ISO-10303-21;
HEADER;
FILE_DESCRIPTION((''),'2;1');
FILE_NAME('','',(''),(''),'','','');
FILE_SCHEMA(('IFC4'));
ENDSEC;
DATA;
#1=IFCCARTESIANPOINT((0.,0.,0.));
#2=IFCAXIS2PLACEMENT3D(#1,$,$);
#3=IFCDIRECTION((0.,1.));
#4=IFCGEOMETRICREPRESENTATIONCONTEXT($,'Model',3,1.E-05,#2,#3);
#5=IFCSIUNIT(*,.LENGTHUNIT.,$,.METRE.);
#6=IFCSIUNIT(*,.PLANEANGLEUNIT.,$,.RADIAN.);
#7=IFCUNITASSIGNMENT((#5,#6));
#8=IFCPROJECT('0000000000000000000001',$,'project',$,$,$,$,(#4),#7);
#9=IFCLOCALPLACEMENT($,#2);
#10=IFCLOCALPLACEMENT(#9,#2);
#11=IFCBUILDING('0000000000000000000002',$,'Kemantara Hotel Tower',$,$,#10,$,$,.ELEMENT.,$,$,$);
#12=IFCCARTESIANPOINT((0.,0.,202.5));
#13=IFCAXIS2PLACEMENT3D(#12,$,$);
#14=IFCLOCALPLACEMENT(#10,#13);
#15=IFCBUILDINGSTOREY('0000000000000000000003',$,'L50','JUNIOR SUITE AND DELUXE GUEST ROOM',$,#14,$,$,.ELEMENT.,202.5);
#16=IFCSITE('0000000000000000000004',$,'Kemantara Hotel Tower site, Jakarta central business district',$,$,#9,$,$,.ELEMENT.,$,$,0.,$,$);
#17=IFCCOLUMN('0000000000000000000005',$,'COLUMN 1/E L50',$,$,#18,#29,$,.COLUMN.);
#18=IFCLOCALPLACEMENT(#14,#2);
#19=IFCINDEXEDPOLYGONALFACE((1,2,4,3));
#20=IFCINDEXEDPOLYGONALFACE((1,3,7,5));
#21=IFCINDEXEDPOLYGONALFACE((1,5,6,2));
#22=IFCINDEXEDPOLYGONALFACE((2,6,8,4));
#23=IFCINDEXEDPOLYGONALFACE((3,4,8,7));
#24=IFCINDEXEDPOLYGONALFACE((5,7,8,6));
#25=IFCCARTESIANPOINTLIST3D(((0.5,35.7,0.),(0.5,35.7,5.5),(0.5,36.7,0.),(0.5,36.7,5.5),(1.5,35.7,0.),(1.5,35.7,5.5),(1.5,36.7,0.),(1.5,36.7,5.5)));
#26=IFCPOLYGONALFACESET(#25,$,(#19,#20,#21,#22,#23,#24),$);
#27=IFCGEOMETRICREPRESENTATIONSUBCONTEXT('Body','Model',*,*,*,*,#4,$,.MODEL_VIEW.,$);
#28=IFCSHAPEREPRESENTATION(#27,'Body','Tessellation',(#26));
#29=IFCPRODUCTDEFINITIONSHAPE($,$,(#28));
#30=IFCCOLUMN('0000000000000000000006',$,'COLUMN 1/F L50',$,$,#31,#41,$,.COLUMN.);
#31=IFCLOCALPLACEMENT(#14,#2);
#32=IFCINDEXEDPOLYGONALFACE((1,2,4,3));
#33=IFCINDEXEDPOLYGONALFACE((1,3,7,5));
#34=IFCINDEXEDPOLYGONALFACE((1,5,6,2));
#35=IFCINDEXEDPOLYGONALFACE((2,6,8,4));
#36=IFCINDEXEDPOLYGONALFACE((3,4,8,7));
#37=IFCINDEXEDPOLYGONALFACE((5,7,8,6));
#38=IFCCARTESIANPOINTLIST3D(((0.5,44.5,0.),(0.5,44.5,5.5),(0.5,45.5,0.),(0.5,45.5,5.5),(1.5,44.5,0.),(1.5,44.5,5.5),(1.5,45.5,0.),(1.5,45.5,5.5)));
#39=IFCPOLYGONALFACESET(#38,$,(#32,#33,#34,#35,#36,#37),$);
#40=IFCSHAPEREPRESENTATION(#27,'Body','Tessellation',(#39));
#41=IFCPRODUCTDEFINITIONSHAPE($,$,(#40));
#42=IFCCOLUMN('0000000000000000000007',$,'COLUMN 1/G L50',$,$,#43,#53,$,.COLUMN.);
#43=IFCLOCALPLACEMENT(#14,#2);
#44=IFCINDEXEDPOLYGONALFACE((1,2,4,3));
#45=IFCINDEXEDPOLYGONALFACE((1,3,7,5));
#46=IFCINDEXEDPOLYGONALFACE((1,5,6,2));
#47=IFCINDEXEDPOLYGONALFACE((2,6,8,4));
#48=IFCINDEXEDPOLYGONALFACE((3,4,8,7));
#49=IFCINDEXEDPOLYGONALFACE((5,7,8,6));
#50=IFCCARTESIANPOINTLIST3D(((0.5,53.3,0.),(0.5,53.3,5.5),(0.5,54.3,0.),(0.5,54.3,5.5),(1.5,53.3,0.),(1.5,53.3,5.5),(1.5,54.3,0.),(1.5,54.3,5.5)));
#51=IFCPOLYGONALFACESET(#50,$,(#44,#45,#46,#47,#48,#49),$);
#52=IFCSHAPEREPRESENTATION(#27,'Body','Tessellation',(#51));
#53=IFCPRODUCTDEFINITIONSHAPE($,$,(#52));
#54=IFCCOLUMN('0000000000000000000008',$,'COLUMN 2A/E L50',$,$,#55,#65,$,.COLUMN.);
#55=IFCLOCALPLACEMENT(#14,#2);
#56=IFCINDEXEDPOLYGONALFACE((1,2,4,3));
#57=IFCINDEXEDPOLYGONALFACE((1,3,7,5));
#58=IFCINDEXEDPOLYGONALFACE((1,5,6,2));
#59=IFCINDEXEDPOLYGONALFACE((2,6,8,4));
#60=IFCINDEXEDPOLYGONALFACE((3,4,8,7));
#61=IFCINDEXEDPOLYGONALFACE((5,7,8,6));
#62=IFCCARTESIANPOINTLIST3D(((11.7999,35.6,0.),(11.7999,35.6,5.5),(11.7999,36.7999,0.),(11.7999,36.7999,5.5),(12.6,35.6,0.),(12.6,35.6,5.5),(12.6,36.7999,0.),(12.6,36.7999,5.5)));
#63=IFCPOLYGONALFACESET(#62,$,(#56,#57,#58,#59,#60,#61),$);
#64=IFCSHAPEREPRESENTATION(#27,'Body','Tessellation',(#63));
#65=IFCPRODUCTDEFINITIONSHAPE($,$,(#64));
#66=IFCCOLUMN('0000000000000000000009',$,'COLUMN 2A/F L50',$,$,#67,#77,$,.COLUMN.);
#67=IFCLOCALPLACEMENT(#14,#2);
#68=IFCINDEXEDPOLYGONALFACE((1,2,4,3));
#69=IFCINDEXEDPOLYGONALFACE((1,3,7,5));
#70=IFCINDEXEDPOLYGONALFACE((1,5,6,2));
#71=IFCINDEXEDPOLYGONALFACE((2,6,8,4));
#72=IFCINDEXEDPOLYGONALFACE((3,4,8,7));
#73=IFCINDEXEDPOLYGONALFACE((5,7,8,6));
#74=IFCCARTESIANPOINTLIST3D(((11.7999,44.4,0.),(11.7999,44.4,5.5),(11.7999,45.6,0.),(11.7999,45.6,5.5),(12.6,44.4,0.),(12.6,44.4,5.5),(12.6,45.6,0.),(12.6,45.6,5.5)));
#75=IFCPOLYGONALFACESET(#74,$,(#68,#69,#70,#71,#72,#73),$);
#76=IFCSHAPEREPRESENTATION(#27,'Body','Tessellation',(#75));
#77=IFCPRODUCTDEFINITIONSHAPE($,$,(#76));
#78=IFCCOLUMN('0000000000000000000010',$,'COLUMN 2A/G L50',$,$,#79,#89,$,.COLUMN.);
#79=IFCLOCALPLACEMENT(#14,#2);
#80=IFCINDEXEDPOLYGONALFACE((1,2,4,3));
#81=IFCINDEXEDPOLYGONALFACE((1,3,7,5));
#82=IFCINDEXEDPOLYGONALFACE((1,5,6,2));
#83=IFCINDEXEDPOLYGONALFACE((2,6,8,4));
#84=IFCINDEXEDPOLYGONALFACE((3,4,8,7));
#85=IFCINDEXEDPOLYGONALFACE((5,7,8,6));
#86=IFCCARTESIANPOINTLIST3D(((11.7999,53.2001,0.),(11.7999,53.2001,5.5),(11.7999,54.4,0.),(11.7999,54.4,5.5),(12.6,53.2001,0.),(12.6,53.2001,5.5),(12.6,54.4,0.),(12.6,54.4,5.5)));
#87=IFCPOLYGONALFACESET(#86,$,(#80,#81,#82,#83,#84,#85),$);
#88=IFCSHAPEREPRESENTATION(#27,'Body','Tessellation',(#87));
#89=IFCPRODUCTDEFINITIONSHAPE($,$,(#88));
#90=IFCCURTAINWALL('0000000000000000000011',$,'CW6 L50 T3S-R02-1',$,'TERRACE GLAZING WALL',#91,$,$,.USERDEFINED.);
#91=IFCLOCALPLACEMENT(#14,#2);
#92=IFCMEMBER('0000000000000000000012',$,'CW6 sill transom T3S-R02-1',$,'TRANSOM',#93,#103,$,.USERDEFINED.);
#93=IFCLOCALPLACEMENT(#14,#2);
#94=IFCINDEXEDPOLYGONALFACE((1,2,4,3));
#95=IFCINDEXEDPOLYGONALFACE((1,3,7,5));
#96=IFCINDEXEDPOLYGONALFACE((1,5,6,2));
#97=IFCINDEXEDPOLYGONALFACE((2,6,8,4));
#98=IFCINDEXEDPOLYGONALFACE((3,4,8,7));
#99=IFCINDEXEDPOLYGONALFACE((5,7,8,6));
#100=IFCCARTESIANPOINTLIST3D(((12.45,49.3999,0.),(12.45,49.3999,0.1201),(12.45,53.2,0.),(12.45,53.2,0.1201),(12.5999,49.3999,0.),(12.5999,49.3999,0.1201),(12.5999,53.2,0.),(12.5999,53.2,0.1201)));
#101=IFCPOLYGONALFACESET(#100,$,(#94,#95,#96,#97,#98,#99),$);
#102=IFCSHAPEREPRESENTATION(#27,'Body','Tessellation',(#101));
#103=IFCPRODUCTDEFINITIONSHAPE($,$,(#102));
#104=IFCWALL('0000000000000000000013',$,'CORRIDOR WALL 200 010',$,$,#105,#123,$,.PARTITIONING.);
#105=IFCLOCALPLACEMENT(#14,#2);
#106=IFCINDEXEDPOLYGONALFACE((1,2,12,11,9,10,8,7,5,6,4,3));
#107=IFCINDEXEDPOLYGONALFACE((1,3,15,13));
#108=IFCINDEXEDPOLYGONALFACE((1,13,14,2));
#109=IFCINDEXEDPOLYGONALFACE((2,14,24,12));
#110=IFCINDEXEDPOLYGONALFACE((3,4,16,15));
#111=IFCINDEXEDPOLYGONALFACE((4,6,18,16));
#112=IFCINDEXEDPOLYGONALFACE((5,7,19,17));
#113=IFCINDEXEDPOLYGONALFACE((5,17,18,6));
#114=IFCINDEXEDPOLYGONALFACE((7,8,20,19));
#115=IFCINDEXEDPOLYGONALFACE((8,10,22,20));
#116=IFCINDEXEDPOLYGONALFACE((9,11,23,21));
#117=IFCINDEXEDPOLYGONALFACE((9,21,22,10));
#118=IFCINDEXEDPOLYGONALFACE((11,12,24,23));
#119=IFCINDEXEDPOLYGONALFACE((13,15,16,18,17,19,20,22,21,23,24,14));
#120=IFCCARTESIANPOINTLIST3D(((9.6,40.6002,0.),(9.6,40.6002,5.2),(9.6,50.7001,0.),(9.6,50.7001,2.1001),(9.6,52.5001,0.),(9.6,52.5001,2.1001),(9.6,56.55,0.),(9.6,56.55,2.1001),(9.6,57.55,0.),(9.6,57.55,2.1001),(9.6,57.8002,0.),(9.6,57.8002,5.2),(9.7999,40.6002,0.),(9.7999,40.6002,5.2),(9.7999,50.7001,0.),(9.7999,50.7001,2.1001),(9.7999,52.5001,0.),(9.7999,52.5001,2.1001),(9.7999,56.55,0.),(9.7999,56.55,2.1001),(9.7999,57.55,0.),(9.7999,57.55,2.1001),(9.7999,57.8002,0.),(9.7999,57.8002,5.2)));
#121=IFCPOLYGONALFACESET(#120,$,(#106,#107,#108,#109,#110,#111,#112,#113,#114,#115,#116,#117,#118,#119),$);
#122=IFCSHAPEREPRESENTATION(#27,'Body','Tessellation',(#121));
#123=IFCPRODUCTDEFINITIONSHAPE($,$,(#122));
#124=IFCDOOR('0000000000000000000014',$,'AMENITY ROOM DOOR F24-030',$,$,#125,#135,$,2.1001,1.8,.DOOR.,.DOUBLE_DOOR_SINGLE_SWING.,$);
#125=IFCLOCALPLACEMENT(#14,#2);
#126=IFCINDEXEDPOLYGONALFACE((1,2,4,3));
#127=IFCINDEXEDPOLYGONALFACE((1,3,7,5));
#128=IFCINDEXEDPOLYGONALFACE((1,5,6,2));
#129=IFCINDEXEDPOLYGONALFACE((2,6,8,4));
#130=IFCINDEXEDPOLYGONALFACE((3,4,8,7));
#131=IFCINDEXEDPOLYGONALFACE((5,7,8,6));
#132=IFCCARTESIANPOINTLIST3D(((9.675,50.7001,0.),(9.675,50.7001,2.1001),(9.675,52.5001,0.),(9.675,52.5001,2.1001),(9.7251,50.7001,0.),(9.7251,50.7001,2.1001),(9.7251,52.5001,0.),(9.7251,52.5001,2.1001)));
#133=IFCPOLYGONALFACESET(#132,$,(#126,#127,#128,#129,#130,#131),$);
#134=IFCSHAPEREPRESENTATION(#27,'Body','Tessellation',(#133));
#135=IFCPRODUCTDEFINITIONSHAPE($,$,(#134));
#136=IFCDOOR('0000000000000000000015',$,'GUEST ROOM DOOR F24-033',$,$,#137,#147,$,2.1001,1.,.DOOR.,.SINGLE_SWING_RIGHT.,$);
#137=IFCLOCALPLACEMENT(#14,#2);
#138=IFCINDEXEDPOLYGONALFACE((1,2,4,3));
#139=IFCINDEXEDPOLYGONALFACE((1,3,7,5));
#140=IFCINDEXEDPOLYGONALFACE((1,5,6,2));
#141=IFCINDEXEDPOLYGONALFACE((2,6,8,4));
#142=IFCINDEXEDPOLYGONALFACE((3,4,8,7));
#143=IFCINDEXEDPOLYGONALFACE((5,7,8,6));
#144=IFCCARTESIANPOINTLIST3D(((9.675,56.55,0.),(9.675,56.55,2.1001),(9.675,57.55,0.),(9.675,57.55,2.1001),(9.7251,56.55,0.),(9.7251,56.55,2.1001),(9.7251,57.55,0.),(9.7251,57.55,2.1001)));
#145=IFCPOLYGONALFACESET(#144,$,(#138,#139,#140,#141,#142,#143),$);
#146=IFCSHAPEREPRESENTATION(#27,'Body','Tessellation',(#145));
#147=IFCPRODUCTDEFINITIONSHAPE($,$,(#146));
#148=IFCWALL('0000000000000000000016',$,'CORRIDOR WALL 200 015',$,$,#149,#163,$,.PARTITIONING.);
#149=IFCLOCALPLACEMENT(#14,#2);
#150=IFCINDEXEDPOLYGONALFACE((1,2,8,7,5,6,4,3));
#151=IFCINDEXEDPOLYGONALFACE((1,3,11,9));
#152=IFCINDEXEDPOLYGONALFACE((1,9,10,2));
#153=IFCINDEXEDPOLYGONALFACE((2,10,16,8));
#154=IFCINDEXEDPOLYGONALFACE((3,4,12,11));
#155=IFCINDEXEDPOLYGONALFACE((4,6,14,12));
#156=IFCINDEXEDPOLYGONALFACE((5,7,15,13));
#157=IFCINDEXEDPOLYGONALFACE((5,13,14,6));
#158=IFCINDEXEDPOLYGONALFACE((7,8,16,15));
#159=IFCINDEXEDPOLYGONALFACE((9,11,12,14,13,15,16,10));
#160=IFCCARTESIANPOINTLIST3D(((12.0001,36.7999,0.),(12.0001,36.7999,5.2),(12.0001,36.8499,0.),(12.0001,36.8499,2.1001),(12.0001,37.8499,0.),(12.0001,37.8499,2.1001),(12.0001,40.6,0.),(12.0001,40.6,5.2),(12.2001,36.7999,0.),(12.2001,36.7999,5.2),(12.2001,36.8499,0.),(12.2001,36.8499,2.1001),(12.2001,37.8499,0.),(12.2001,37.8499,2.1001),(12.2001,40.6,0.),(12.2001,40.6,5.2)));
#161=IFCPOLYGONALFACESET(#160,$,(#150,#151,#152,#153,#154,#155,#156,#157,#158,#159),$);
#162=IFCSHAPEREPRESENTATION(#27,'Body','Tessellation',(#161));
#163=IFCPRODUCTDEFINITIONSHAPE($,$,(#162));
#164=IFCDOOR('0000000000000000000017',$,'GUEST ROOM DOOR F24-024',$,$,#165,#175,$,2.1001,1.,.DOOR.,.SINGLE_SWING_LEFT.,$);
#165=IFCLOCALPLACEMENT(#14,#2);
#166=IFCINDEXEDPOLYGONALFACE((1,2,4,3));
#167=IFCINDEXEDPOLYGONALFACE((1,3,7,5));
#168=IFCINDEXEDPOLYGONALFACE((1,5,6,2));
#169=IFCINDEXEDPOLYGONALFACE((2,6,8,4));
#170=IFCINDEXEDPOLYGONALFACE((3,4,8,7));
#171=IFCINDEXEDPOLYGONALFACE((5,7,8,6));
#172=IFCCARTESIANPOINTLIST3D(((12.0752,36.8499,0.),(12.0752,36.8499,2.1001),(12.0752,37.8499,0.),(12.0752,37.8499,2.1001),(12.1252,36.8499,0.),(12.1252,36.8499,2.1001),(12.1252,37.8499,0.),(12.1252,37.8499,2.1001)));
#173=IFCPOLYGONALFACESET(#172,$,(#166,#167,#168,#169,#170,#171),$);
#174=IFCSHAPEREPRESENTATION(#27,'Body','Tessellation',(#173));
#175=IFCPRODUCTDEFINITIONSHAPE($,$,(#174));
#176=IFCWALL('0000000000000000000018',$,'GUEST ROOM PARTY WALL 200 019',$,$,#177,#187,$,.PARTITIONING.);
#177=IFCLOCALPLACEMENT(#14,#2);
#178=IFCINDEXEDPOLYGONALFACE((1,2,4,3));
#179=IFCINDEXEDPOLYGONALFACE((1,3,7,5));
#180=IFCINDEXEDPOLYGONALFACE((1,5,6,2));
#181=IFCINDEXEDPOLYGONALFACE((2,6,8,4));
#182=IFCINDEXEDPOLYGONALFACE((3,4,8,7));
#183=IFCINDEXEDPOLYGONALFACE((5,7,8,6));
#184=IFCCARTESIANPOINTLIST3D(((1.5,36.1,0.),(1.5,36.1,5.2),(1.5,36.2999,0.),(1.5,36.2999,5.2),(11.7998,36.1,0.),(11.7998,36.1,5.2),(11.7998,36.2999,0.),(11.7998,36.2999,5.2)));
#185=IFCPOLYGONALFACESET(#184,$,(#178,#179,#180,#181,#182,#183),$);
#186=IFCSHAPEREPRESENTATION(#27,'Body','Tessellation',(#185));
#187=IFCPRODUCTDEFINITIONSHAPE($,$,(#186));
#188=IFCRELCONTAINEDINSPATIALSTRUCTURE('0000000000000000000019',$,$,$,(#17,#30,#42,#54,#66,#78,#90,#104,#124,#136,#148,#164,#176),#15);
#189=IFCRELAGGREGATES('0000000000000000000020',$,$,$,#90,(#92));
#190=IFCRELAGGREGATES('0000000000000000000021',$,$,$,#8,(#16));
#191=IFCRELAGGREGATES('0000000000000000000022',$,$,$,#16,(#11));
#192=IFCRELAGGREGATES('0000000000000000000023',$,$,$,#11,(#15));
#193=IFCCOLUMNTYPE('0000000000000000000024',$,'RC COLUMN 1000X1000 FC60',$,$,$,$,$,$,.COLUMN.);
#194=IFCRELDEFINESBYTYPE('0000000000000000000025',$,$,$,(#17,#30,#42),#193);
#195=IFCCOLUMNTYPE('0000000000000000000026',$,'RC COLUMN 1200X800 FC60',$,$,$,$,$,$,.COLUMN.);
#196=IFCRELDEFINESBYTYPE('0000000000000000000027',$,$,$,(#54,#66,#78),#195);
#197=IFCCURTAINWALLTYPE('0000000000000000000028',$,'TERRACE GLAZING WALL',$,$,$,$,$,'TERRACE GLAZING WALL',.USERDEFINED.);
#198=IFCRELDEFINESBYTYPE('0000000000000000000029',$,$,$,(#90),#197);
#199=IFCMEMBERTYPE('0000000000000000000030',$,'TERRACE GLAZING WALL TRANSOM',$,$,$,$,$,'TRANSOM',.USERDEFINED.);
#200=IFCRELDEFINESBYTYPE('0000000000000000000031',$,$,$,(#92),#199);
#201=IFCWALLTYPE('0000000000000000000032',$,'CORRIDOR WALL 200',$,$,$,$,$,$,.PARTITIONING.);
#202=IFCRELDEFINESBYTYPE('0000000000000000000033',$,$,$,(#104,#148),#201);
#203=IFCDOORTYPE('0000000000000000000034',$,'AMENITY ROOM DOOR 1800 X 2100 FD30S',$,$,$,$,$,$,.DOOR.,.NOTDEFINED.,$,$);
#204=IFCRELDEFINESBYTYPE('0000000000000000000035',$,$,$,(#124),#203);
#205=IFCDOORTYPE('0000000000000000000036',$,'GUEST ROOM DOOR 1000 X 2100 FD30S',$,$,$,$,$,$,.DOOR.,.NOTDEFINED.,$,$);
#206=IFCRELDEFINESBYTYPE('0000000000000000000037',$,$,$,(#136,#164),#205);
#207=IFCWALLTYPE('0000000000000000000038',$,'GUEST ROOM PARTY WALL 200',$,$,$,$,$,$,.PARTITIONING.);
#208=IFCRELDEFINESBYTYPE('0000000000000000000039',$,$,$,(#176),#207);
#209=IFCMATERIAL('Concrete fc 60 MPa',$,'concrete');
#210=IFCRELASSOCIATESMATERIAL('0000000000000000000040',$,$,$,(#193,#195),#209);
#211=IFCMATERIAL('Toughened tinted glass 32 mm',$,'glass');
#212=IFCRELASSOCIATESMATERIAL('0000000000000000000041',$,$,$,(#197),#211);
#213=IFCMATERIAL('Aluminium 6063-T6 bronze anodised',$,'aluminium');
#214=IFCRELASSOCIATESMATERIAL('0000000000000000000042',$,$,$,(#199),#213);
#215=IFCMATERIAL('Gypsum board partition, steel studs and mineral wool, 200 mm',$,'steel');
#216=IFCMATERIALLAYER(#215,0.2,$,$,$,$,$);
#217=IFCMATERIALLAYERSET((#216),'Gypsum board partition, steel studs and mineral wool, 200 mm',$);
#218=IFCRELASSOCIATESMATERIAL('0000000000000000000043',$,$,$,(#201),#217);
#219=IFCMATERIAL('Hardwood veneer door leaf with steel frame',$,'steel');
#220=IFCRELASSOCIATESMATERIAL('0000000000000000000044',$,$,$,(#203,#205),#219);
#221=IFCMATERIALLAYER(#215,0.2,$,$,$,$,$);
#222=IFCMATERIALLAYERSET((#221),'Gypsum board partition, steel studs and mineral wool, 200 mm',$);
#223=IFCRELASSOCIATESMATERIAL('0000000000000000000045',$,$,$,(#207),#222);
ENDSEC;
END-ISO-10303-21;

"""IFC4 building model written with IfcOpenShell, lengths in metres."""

from ifc_helpers import new_model, si_unit, direction, frame, frame_2d, origin, origin_2d, place, context, subcontext, project, spatial, rectangle, extrude, material, layer, layer_set, material_profile, profile_set, type_object, element, fill, aggregate, save


model = new_model("IFC4")

# Units and contexts
model_context = context("Model", 3, precision=1e-05, world=origin(), true_north=direction((0.0, 1.0)))
body_context = subcontext(model_context, "Body", "Model", "MODEL_VIEW")
ifc_project = project(units=[si_unit("LENGTHUNIT", "METRE"), si_unit("PLANEANGLEUNIT", "RADIAN")], contexts=[model_context])

# Site, building, storey
site_placement = place(None, origin())
site = spatial("IfcSite", under=ifc_project, at=site_placement, Name="Kemantara Hotel Tower site, Jakarta central business district", CompositionType="ELEMENT", RefElevation=0.0)
building_placement = place(site_placement, origin())
building = spatial("IfcBuilding", under=site, at=building_placement, Name="Kemantara Hotel Tower", CompositionType="ELEMENT")
storey_placement = place(building_placement, frame((0.0, 0.0, 202.5)))
storey = spatial("IfcBuildingStorey", under=building, at=storey_placement, Name="L50", Description="JUNIOR SUITE AND DELUXE GUEST ROOM", CompositionType="ELEMENT", Elevation=202.5)

# Columns
ifc_material_1 = material(Name="Concrete fc 60 MPa", Category="concrete")
ifc_material_profile_1 = material_profile(ifc_material_1, rectangle(XDim=1.0, YDim=1.0, at=origin_2d()), Name="RC 1000X1000")
ifc_profile_set_1 = profile_set([ifc_material_profile_1], Name="Concrete fc 60 MPa")
column_type_1 = type_object("IfcColumnType", Name="RC COLUMN 1000X1000 FC60", PredefinedType="COLUMN", material=ifc_profile_set_1)
for number, where, z_axis, x_axis, name in (
    (1, (1.0, 36.2, 0.0), (0.0, 0.0, 1.0), (1.0, 0.0, 0.0), "COLUMN 1/E L50"),
    (2, (1.0, 45.0, 0.0), (0.0, 0.0, 1.0), (1.0, 0.0, 0.0), "COLUMN 1/F L50"),
    (3, (1.0, 53.8, 0.0), (0.0, 0.0, 1.0), (1.0, 0.0, 0.0), "COLUMN 1/G L50"),
):
    element("IfcColumn", number, at=place(storey_placement, frame(where, z_axis=z_axis, x_axis=x_axis)), inside=storey, type_object=column_type_1, Name=name, PredefinedType="COLUMN", context=body_context, shape_type="SweptSolid", body=[
        extrude(rectangle(XDim=1.0, YDim=1.0, at=origin_2d()), origin(), (0.0, 0.0, 1.0), 5.5),
    ])
ifc_material_profile_2 = material_profile(ifc_material_1, rectangle(XDim=1.2, YDim=0.8, at=origin_2d()), Name="RC 1200X800")
ifc_profile_set_2 = profile_set([ifc_material_profile_2], Name="Concrete fc 60 MPa")
column_type_2 = type_object("IfcColumnType", Name="RC COLUMN 1200X800 FC60", PredefinedType="COLUMN", material=ifc_profile_set_2)
for number, where, z_axis, x_axis, name in (
    (4, (12.2, 36.2, 0.0), (0.0, 0.0, 1.0), (0.0, 1.0, 0.0), "COLUMN 2A/E L50"),
    (5, (12.2, 45.0, 0.0), (0.0, 0.0, 1.0), (0.0, 1.0, 0.0), "COLUMN 2A/F L50"),
    (6, (12.2, 53.8, 0.0), (0.0, 0.0, 1.0), (0.0, 1.0, 0.0), "COLUMN 2A/G L50"),
):
    element("IfcColumn", number, at=place(storey_placement, frame(where, z_axis=z_axis, x_axis=x_axis)), inside=storey, type_object=column_type_2, Name=name, PredefinedType="COLUMN", context=body_context, shape_type="SweptSolid", body=[
        extrude(rectangle(XDim=1.2, YDim=0.8, at=origin_2d()), origin(), (0.0, 0.0, 1.0), 5.5),
    ])

# Curtain wall, member
ifc_material_2 = material(Name="Toughened tinted glass 32 mm", Category="glass")
curtain_wall_type = type_object("IfcCurtainWallType", Name="TERRACE GLAZING WALL", ElementType="TERRACE GLAZING WALL", PredefinedType="USERDEFINED", material=ifc_material_2)
curtain_wall_placement = place(storey_placement, origin())
curtain_wall = element("IfcCurtainWall", 7, at=curtain_wall_placement, inside=storey, type_object=curtain_wall_type, Name="CW6 L50 T3S-R02-1", ObjectType="TERRACE GLAZING WALL", PredefinedType="USERDEFINED")
ifc_material_3 = material(Name="Aluminium 6063-T6 bronze anodised", Category="aluminium")
ifc_material_profile_3 = material_profile(ifc_material_3, rectangle(XDim=0.1499, YDim=0.1201, at=origin_2d()), Name="TERRACE GLAZING WALL TRANSOM")
ifc_profile_set_3 = profile_set([ifc_material_profile_3], Name="Aluminium 6063-T6 bronze anodised")
member_type = type_object("IfcMemberType", Name="TERRACE GLAZING WALL TRANSOM", ElementType="TRANSOM", PredefinedType="USERDEFINED", material=ifc_profile_set_3)
member_placement = place(storey_placement, frame((12.5249, 49.3999, 0.0601), z_axis=(0.0, 1.0, 0.0), x_axis=(-1.0, 0.0, 0.0)))
member = element("IfcMember", 8, at=member_placement, type_object=member_type, Name="CW6 sill transom T3S-R02-1", ObjectType="TRANSOM", PredefinedType="USERDEFINED", context=body_context, shape_type="SweptSolid", body=[
    extrude(rectangle(XDim=0.1499, YDim=0.1201, at=origin_2d()), origin(), (0.0, 0.0, 1.0), 3.8),
])
aggregate(curtain_wall, [member])

# Wall, openings, doors
ifc_material_4 = material(Name="Gypsum board partition, steel studs and mineral wool, 200 mm", Category="steel")
ifc_layer_1 = layer(ifc_material_4, 0.2)
ifc_layer_set_1 = layer_set([ifc_layer_1], Name="Gypsum board partition, steel studs and mineral wool, 200 mm")
wall_type_1 = type_object("IfcWallType", Name="CORRIDOR WALL 200", PredefinedType="PARTITIONING", material=ifc_layer_set_1)
wall_1_placement = place(storey_placement, frame((9.7, 40.6001, 0.0), z_axis=(0.0, 0.0, 1.0), x_axis=(0.0, 1.0, 0.0)))
wall_1 = element("IfcWall", 9, at=wall_1_placement, inside=storey, type_object=wall_type_1, Name="CORRIDOR WALL 200 010", PredefinedType="PARTITIONING", context=body_context, shape_type="SweptSolid", body=[
    extrude(rectangle(XDim=17.2, YDim=0.2, at=frame_2d((8.6001, 0.0))), origin(), (0.0, 0.0, 1.0), 5.2),
])
opening_1_placement = place(wall_1_placement, frame((10.1001, 0.0, 0.0)))
opening_1 = element("IfcOpeningElement", 10, at=opening_1_placement, cuts=wall_1, PredefinedType="OPENING", context=body_context, shape_type="SweptSolid", body=[
    extrude(rectangle(XDim=1.8, YDim=2.1001, at=frame_2d((0.8999, 1.05))), frame((0.0, 0.1099, 0.0), z_axis=(0.0, -1.0, 0.0), x_axis=(1.0, 0.0, 0.0)), (0.0, 0.0, 1.0), 0.22),
])
opening_2_placement = place(wall_1_placement, frame((15.95, 0.0, 0.0)))
opening_2 = element("IfcOpeningElement", 11, at=opening_2_placement, cuts=wall_1, PredefinedType="OPENING", context=body_context, shape_type="SweptSolid", body=[
    extrude(rectangle(XDim=1.0, YDim=2.1001, at=frame_2d((0.5, 1.05))), frame((0.0, 0.1099, 0.0), z_axis=(0.0, -1.0, 0.0), x_axis=(1.0, 0.0, 0.0)), (0.0, 0.0, 1.0), 0.22),
])
ifc_material_5 = material(Name="Hardwood veneer door leaf with steel frame", Category="steel")
door_type_1 = type_object("IfcDoorType", Name="AMENITY ROOM DOOR 1800 X 2100 FD30S", OperationType="NOTDEFINED", PredefinedType="DOOR", material=ifc_material_5)
door_1_placement = place(opening_1_placement, origin())
door_1 = element("IfcDoor", 12, at=door_1_placement, inside=storey, type_object=door_type_1, Name="AMENITY ROOM DOOR F24-030", OperationType="DOUBLE_DOOR_SINGLE_SWING", OverallHeight=2.1001, OverallWidth=1.8, PredefinedType="DOOR", context=body_context, shape_type="SweptSolid", body=[
    extrude(rectangle(XDim=1.8, YDim=2.1001, at=frame_2d((0.8999, 1.05))), frame((0.0, 0.0249, 0.0), z_axis=(0.0, -1.0, 0.0), x_axis=(1.0, 0.0, 0.0)), (0.0, 0.0, 1.0), 0.05),
])
fill(opening_1, door_1)
door_type_2 = type_object("IfcDoorType", Name="GUEST ROOM DOOR 1000 X 2100 FD30S", OperationType="NOTDEFINED", PredefinedType="DOOR", material=ifc_material_5)
door_2_placement = place(opening_2_placement, origin())
door_2 = element("IfcDoor", 13, at=door_2_placement, inside=storey, type_object=door_type_2, Name="GUEST ROOM DOOR F24-033", OperationType="SINGLE_SWING_RIGHT", OverallHeight=2.1001, OverallWidth=1.0, PredefinedType="DOOR", context=body_context, shape_type="SweptSolid", body=[
    extrude(rectangle(XDim=1.0, YDim=2.1001, at=frame_2d((0.5, 1.05))), frame((0.0, 0.0249, 0.0), z_axis=(0.0, -1.0, 0.0), x_axis=(1.0, 0.0, 0.0)), (0.0, 0.0, 1.0), 0.05),
])
fill(opening_2, door_2)

# Wall, opening, door
wall_2_placement = place(storey_placement, frame((12.1001, 36.8, 0.0), z_axis=(0.0, 0.0, 1.0), x_axis=(0.0, 1.0, 0.0)))
wall_2 = element("IfcWall", 14, at=wall_2_placement, inside=storey, type_object=wall_type_1, Name="CORRIDOR WALL 200 015", PredefinedType="PARTITIONING", context=body_context, shape_type="SweptSolid", body=[
    extrude(rectangle(XDim=3.8, YDim=0.2, at=frame_2d((1.8999, 0.0))), origin(), (0.0, 0.0, 1.0), 5.2),
])
opening_3_placement = place(wall_2_placement, frame((0.0498, 0.0, 0.0)))
opening_3 = element("IfcOpeningElement", 15, at=opening_3_placement, cuts=wall_2, PredefinedType="OPENING", context=body_context, shape_type="SweptSolid", body=[
    extrude(rectangle(XDim=1.0, YDim=2.1001, at=frame_2d((0.5, 1.05))), frame((0.0, 0.1099, 0.0), z_axis=(0.0, -1.0, 0.0), x_axis=(1.0, 0.0, 0.0)), (0.0, 0.0, 1.0), 0.22),
])
door_3_placement = place(opening_3_placement, origin())
door_3 = element("IfcDoor", 16, at=door_3_placement, inside=storey, type_object=door_type_2, Name="GUEST ROOM DOOR F24-024", OperationType="SINGLE_SWING_LEFT", OverallHeight=2.1001, OverallWidth=1.0, PredefinedType="DOOR", context=body_context, shape_type="SweptSolid", body=[
    extrude(rectangle(XDim=1.0, YDim=2.1001, at=frame_2d((0.5, 1.05))), frame((0.0, 0.0249, 0.0), z_axis=(0.0, -1.0, 0.0), x_axis=(1.0, 0.0, 0.0)), (0.0, 0.0, 1.0), 0.05),
])
fill(opening_3, door_3)

# Wall
ifc_layer_2 = layer(ifc_material_4, 0.2)
ifc_layer_set_2 = layer_set([ifc_layer_2], Name="Gypsum board partition, steel studs and mineral wool, 200 mm")
wall_type_2 = type_object("IfcWallType", Name="GUEST ROOM PARTY WALL 200", PredefinedType="PARTITIONING", material=ifc_layer_set_2)
wall_3_placement = place(storey_placement, frame((1.5, 36.2, 0.0), z_axis=(0.0, 0.0, 1.0), x_axis=(1.0, 0.0, 0.0)))
element("IfcWall", 17, at=wall_3_placement, inside=storey, type_object=wall_type_2, Name="GUEST ROOM PARTY WALL 200 019", PredefinedType="PARTITIONING", context=body_context, shape_type="SweptSolid", body=[
    extrude(rectangle(XDim=10.2998, YDim=0.2, at=frame_2d((5.1499, 0.0))), origin(), (0.0, 0.0, 1.0), 5.2),
])

save(model, "model.ifc")
